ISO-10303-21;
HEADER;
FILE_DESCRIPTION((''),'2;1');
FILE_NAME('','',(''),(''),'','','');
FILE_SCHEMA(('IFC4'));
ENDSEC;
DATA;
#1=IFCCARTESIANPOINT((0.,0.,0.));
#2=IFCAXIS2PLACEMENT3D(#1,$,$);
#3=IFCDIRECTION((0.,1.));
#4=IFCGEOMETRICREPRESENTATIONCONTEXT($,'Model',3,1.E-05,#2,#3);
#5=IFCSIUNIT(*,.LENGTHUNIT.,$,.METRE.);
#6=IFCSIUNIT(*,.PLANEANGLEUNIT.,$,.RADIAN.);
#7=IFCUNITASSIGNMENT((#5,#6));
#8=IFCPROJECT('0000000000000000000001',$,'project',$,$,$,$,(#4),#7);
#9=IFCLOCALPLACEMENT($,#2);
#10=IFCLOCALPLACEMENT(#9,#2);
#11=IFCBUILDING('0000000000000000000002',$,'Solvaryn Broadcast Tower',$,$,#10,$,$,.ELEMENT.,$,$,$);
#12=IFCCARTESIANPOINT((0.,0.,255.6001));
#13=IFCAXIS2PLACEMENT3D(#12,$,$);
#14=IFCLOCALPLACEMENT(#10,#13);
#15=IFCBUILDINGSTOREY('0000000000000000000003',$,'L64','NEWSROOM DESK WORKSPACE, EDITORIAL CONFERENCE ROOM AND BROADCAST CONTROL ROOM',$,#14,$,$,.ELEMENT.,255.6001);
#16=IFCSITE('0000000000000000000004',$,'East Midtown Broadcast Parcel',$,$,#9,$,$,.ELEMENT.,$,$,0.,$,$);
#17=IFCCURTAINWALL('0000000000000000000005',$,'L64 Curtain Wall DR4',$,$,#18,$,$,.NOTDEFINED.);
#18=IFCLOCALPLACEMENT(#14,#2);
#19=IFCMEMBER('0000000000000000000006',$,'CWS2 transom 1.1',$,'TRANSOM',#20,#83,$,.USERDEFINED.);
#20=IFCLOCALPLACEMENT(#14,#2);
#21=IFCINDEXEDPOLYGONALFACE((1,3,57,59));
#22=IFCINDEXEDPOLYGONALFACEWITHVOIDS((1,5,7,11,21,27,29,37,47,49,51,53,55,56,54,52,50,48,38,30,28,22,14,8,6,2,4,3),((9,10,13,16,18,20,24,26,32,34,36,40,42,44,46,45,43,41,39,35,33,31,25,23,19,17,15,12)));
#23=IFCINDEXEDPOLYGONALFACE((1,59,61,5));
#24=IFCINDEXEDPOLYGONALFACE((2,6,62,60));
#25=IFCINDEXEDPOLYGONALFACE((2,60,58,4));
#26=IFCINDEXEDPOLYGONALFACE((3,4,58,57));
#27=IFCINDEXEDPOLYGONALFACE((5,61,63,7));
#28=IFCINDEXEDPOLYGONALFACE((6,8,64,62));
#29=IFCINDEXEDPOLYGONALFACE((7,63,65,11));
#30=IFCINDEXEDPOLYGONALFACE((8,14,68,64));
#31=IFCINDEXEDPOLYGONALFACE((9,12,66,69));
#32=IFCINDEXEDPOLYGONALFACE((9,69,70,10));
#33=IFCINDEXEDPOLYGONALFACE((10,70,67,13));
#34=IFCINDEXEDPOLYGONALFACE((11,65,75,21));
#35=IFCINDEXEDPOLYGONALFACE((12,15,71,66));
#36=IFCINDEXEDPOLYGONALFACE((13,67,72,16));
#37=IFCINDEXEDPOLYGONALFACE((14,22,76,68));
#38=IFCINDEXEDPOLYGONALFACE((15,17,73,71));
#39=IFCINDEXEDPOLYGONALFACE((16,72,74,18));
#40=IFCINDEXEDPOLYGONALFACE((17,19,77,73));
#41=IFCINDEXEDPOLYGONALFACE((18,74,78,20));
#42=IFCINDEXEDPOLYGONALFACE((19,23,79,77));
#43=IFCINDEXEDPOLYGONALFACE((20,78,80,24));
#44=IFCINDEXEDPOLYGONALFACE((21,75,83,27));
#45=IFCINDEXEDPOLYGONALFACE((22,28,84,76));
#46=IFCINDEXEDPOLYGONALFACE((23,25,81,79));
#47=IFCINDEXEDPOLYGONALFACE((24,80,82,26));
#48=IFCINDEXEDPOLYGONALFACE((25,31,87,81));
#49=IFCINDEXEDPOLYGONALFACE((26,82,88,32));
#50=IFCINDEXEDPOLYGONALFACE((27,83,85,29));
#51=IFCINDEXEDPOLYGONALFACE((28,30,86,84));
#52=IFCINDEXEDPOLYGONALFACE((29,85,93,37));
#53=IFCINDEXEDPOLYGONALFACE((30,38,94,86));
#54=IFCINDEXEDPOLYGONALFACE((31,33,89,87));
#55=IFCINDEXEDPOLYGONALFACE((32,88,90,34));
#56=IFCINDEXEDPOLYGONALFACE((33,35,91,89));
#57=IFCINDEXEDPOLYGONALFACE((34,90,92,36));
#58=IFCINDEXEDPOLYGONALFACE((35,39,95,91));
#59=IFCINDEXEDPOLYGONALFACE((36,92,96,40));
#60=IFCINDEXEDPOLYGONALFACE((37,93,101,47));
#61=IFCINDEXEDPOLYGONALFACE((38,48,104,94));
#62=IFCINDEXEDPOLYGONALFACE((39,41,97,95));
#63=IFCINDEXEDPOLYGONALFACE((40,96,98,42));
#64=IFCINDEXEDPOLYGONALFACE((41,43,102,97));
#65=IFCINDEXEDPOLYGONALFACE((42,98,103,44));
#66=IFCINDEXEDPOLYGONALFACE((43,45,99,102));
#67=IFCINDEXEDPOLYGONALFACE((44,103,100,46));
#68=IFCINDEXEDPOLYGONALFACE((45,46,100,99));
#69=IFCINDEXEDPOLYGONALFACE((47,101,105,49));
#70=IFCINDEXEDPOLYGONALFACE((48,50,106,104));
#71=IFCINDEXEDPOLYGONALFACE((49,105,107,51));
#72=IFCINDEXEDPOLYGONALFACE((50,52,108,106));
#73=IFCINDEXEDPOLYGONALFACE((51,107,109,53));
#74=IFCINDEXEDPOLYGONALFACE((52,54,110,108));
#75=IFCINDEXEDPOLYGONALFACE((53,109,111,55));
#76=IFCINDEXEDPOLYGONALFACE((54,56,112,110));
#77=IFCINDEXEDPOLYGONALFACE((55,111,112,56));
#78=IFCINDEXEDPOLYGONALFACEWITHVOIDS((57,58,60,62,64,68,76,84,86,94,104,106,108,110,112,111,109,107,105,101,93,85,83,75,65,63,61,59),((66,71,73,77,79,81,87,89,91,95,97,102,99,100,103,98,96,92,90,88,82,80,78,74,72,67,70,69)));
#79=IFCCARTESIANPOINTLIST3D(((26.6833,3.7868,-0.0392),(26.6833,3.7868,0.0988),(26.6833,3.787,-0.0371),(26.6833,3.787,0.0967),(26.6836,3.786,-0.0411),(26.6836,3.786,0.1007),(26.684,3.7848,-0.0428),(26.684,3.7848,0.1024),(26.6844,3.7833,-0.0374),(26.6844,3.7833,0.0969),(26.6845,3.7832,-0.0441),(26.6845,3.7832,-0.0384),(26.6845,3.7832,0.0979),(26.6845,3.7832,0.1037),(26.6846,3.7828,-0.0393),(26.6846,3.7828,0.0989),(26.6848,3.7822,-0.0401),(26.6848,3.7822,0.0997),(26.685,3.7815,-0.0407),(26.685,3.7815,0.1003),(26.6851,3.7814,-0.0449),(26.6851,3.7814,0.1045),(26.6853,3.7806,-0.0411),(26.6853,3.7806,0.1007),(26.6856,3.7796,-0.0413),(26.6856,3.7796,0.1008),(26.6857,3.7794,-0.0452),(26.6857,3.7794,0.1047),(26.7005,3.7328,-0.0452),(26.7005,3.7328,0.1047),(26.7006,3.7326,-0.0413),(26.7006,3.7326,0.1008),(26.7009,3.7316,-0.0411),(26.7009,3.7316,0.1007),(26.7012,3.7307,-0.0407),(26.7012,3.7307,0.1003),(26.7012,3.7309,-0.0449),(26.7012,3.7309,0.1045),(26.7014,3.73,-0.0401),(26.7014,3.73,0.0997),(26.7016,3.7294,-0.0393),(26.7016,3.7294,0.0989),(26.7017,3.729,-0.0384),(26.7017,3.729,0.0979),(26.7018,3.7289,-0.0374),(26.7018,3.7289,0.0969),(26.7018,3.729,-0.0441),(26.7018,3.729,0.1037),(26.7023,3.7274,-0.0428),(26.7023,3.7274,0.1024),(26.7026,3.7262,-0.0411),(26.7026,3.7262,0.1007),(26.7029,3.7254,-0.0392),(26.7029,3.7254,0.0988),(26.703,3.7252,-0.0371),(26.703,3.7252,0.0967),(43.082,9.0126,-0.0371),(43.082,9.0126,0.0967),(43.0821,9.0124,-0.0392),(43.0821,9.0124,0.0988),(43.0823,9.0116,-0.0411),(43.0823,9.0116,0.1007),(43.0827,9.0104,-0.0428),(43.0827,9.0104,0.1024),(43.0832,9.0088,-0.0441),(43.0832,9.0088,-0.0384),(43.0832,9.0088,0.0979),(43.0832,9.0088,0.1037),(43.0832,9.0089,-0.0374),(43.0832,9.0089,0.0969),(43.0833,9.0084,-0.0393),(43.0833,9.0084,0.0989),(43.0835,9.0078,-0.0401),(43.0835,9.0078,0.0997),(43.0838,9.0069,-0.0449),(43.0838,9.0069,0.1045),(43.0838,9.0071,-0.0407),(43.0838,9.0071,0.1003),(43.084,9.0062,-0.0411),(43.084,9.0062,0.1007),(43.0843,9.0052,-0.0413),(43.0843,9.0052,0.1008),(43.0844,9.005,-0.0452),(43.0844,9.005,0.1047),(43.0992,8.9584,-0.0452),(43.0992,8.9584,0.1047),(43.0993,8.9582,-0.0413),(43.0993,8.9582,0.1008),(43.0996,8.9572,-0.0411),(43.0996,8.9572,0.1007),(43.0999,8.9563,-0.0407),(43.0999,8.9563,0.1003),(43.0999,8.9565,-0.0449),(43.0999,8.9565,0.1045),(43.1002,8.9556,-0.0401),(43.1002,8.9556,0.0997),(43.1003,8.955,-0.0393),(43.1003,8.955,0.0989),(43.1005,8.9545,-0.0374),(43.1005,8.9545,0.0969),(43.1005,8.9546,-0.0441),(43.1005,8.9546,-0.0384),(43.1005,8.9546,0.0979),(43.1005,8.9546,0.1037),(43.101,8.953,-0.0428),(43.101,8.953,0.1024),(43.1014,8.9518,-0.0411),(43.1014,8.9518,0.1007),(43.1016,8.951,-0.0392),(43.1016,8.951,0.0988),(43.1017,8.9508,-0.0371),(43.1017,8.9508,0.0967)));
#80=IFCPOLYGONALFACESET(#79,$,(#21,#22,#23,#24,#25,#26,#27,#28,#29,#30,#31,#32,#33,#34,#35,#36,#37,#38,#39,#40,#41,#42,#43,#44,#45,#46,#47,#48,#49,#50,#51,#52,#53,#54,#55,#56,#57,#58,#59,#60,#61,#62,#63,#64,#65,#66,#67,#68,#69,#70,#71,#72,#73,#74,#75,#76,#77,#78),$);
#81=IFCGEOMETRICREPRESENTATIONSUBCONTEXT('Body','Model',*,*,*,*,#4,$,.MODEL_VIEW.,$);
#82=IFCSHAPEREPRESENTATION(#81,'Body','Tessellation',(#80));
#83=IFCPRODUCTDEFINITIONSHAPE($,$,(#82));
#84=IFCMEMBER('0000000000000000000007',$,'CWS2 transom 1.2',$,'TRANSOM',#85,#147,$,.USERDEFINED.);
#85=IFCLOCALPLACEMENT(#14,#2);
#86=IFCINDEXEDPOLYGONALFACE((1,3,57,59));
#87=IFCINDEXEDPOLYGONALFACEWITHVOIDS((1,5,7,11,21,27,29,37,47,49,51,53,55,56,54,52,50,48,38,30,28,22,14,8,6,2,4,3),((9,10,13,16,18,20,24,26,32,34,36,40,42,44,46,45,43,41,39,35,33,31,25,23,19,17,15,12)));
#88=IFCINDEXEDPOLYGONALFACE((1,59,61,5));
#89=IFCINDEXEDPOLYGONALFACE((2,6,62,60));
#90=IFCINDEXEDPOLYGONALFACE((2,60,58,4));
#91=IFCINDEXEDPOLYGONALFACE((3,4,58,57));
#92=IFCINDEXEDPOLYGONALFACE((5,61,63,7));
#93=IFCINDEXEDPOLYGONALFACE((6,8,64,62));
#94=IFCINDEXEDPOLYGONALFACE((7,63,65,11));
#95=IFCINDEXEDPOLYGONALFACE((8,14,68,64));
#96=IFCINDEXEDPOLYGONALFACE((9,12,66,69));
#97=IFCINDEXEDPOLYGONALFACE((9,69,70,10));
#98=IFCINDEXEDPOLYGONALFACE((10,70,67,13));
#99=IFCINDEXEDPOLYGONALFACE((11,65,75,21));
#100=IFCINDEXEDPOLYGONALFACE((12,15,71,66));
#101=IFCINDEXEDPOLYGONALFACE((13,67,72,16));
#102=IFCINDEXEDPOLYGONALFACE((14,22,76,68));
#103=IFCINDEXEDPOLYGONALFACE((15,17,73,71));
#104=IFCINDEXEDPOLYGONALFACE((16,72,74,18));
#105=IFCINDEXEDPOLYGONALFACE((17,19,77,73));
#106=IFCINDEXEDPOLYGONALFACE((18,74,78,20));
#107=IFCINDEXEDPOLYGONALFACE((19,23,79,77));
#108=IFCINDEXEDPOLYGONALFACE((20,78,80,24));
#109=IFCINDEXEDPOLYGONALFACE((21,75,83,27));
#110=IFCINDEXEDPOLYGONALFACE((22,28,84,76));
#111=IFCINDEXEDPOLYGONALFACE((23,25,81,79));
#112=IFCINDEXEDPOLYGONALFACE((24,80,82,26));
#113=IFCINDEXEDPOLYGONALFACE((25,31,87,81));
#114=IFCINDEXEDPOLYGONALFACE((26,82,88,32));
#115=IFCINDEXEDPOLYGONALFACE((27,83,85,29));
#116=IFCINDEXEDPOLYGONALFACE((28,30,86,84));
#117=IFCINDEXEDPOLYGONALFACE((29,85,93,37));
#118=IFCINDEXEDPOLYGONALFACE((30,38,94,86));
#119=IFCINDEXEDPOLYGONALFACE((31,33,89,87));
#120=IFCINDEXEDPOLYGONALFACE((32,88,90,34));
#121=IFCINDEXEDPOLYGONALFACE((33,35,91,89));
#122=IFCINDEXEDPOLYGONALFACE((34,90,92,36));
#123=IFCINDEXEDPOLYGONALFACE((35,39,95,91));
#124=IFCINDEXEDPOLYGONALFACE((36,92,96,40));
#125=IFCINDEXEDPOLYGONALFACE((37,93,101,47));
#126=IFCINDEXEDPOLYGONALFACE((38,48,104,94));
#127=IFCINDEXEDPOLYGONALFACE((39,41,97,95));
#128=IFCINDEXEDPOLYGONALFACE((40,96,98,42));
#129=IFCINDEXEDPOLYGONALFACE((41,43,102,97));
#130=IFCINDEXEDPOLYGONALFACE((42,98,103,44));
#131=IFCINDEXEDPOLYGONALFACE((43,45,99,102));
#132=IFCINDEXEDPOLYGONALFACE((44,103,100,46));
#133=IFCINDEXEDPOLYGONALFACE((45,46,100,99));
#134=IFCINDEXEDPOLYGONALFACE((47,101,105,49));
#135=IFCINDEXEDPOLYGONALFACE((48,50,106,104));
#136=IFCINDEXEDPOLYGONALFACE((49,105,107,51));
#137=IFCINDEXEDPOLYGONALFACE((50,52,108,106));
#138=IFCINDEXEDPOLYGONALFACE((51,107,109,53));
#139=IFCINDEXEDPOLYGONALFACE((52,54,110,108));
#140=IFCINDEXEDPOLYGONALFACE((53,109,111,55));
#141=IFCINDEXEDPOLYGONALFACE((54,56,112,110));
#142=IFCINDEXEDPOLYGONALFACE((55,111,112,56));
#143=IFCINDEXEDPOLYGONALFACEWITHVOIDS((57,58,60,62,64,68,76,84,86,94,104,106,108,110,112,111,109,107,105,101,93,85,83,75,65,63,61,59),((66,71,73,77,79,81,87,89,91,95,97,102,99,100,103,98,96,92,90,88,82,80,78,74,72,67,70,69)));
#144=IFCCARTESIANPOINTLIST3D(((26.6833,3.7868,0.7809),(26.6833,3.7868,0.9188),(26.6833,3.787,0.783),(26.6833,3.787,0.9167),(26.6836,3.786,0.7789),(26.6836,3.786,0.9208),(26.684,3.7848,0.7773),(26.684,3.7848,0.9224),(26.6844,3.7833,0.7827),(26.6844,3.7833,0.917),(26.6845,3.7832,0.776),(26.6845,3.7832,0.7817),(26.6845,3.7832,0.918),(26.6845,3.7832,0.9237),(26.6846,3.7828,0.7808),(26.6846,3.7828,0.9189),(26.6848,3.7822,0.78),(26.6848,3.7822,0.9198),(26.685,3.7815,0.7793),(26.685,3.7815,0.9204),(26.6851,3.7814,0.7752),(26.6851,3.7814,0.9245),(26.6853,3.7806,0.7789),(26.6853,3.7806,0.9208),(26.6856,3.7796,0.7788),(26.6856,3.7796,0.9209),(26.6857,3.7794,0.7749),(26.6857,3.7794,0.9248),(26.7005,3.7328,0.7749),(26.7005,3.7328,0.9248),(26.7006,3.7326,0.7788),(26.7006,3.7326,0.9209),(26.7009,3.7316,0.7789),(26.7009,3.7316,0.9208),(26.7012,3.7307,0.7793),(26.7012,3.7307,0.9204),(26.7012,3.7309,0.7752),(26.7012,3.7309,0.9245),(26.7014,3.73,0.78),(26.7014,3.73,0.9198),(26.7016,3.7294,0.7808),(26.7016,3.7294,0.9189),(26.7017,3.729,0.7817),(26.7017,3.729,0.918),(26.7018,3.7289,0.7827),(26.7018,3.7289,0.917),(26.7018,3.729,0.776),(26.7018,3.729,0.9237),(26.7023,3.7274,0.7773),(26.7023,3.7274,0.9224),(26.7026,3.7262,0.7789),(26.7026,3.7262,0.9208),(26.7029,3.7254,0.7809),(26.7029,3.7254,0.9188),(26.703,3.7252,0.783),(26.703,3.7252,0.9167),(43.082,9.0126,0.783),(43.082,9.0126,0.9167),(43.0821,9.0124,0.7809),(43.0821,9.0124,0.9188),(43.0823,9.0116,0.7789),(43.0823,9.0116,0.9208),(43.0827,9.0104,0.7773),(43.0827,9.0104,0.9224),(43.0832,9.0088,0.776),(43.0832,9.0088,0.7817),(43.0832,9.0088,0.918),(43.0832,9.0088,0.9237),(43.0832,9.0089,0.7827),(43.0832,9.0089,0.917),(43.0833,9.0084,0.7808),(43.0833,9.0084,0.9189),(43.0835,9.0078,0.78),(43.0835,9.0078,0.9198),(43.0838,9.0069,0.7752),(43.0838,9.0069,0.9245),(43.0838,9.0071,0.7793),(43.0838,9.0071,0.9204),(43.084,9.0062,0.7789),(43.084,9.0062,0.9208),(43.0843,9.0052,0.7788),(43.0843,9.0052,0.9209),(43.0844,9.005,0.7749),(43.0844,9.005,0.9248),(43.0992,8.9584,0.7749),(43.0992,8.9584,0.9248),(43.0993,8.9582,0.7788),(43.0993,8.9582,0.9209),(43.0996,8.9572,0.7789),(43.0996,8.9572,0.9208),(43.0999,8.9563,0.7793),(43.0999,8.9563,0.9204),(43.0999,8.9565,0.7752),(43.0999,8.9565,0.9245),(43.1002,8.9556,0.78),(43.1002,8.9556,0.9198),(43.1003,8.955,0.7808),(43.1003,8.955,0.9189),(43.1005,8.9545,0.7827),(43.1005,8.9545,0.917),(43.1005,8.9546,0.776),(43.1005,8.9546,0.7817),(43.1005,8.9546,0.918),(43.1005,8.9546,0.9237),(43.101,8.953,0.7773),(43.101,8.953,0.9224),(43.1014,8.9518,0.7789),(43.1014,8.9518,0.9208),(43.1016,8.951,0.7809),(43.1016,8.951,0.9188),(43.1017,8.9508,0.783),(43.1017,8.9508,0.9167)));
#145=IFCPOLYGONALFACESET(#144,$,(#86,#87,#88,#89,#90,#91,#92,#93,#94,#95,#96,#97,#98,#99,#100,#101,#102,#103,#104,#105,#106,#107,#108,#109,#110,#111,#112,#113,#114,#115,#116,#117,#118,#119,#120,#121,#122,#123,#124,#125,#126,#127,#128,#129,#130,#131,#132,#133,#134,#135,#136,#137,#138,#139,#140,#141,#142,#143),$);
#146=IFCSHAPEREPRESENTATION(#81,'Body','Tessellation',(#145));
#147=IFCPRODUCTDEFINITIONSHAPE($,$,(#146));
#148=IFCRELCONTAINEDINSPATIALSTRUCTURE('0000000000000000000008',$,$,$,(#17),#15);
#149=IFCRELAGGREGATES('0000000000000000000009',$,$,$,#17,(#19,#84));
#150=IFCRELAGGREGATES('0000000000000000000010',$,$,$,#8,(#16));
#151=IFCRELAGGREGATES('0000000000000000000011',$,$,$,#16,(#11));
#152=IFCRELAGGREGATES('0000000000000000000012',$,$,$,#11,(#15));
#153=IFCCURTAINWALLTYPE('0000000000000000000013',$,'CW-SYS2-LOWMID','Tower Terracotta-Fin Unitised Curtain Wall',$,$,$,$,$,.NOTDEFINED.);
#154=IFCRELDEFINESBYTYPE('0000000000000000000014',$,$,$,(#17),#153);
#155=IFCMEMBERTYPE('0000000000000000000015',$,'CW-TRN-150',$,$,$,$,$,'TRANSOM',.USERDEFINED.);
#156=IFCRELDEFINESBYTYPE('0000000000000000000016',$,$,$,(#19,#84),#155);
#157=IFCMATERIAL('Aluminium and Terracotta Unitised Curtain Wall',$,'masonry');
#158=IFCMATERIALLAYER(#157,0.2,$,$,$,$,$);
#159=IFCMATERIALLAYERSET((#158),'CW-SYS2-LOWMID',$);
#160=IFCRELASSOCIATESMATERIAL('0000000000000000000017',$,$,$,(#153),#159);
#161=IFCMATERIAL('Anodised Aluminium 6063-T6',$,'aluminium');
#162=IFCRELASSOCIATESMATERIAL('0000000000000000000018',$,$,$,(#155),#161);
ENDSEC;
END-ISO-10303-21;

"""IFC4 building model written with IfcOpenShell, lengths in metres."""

from ifc_helpers import new_model, si_unit, direction, frame, origin, origin_2d, place, context, subcontext, project, spatial, hollow_rectangle, extrude, material, layer, layer_set, material_profile, profile_set, type_object, element, aggregate, save


model = new_model("IFC4")

# Units and contexts
model_context = context("Model", 3, precision=1e-05, world=origin(), true_north=direction((0.0, 1.0)))
body_context = subcontext(model_context, "Body", "Model", "MODEL_VIEW")
ifc_project = project(units=[si_unit("LENGTHUNIT", "METRE"), si_unit("PLANEANGLEUNIT", "RADIAN")], contexts=[model_context])

# Site, building, storey
site_placement = place(None, origin())
site = spatial("IfcSite", under=ifc_project, at=site_placement, Name="East Midtown Broadcast Parcel", CompositionType="ELEMENT", RefElevation=0.0)
building_placement = place(site_placement, origin())
building = spatial("IfcBuilding", under=site, at=building_placement, Name="Solvaryn Broadcast Tower", CompositionType="ELEMENT")
storey_placement = place(building_placement, frame((0.0, 0.0, 255.6001)))
storey = spatial("IfcBuildingStorey", under=building, at=storey_placement, Name="L64", Description="NEWSROOM DESK WORKSPACE, EDITORIAL CONFERENCE ROOM AND BROADCAST CONTROL ROOM", CompositionType="ELEMENT", Elevation=255.6001)

# Shared definitions
ifc_material_1 = material(Name="Aluminium and Terracotta Unitised Curtain Wall", Category="masonry")
ifc_layer_1 = layer(ifc_material_1, 0.2)
ifc_layer_set_1 = layer_set([ifc_layer_1], Name="CW-SYS2-LOWMID")
curtain_wall_type = type_object("IfcCurtainWallType", Name="CW-SYS2-LOWMID", Description="Tower Terracotta-Fin Unitised Curtain Wall", PredefinedType="NOTDEFINED", material=ifc_layer_set_1)

# Curtain wall, members
curtain_wall_1_placement = place(storey_placement, origin())
curtain_wall_1 = element("IfcCurtainWall", 1, at=curtain_wall_1_placement, inside=storey, type_object=curtain_wall_type, Name="L64 Curtain Wall DR4", PredefinedType="NOTDEFINED")
ifc_material_2 = material(Name="Anodised Aluminium 6063-T6", Category="aluminium")
ifc_material_profile_1 = material_profile(ifc_material_2, hollow_rectangle(XDim=0.0649, YDim=0.1499, WallThickness=0.0039, InnerFilletRadius=0.0039, OuterFilletRadius=0.0081, at=origin_2d()))
ifc_profile_set_1 = profile_set([ifc_material_profile_1], Name="Anodised Aluminium 6063-T6")
member_type_1 = type_object("IfcMemberType", Name="CW-TRN-150", ElementType="TRANSOM", PredefinedType="USERDEFINED", material=ifc_profile_set_1)
member_1_placement = place(storey_placement, frame((26.6931, 3.7561, 0.0298), z_axis=(0.952794, 0.303616, 0.0), x_axis=(-0.303616, 0.952794, 0.0)))
member_1 = element("IfcMember", 2, at=member_1_placement, type_object=member_type_1, Name="CWS2 transom 1.1", ObjectType="TRANSOM", PredefinedType="USERDEFINED", context=body_context, shape_type="SweptSolid", body=[
    extrude(hollow_rectangle(XDim=0.0649, YDim=0.1499, WallThickness=0.0039, InnerFilletRadius=0.0039, OuterFilletRadius=0.0081, at=origin_2d()), origin(), (0.0, 0.0, 1.0), 17.2112),
])
member_2_placement = place(storey_placement, frame((26.6931, 3.7561, 0.8499), z_axis=(0.952794, 0.303616, 0.0), x_axis=(-0.303616, 0.952794, 0.0)))
member_2 = element("IfcMember", 3, at=member_2_placement, type_object=member_type_1, Name="CWS2 transom 1.2", ObjectType="TRANSOM", PredefinedType="USERDEFINED", context=body_context, shape_type="SweptSolid", body=[
    extrude(hollow_rectangle(XDim=0.0649, YDim=0.1499, WallThickness=0.0039, InnerFilletRadius=0.0039, OuterFilletRadius=0.0081, at=origin_2d()), origin(), (0.0, 0.0, 1.0), 17.2112),
])
aggregate(curtain_wall_1, [member_1, member_2])

save(model, "model.ifc")
